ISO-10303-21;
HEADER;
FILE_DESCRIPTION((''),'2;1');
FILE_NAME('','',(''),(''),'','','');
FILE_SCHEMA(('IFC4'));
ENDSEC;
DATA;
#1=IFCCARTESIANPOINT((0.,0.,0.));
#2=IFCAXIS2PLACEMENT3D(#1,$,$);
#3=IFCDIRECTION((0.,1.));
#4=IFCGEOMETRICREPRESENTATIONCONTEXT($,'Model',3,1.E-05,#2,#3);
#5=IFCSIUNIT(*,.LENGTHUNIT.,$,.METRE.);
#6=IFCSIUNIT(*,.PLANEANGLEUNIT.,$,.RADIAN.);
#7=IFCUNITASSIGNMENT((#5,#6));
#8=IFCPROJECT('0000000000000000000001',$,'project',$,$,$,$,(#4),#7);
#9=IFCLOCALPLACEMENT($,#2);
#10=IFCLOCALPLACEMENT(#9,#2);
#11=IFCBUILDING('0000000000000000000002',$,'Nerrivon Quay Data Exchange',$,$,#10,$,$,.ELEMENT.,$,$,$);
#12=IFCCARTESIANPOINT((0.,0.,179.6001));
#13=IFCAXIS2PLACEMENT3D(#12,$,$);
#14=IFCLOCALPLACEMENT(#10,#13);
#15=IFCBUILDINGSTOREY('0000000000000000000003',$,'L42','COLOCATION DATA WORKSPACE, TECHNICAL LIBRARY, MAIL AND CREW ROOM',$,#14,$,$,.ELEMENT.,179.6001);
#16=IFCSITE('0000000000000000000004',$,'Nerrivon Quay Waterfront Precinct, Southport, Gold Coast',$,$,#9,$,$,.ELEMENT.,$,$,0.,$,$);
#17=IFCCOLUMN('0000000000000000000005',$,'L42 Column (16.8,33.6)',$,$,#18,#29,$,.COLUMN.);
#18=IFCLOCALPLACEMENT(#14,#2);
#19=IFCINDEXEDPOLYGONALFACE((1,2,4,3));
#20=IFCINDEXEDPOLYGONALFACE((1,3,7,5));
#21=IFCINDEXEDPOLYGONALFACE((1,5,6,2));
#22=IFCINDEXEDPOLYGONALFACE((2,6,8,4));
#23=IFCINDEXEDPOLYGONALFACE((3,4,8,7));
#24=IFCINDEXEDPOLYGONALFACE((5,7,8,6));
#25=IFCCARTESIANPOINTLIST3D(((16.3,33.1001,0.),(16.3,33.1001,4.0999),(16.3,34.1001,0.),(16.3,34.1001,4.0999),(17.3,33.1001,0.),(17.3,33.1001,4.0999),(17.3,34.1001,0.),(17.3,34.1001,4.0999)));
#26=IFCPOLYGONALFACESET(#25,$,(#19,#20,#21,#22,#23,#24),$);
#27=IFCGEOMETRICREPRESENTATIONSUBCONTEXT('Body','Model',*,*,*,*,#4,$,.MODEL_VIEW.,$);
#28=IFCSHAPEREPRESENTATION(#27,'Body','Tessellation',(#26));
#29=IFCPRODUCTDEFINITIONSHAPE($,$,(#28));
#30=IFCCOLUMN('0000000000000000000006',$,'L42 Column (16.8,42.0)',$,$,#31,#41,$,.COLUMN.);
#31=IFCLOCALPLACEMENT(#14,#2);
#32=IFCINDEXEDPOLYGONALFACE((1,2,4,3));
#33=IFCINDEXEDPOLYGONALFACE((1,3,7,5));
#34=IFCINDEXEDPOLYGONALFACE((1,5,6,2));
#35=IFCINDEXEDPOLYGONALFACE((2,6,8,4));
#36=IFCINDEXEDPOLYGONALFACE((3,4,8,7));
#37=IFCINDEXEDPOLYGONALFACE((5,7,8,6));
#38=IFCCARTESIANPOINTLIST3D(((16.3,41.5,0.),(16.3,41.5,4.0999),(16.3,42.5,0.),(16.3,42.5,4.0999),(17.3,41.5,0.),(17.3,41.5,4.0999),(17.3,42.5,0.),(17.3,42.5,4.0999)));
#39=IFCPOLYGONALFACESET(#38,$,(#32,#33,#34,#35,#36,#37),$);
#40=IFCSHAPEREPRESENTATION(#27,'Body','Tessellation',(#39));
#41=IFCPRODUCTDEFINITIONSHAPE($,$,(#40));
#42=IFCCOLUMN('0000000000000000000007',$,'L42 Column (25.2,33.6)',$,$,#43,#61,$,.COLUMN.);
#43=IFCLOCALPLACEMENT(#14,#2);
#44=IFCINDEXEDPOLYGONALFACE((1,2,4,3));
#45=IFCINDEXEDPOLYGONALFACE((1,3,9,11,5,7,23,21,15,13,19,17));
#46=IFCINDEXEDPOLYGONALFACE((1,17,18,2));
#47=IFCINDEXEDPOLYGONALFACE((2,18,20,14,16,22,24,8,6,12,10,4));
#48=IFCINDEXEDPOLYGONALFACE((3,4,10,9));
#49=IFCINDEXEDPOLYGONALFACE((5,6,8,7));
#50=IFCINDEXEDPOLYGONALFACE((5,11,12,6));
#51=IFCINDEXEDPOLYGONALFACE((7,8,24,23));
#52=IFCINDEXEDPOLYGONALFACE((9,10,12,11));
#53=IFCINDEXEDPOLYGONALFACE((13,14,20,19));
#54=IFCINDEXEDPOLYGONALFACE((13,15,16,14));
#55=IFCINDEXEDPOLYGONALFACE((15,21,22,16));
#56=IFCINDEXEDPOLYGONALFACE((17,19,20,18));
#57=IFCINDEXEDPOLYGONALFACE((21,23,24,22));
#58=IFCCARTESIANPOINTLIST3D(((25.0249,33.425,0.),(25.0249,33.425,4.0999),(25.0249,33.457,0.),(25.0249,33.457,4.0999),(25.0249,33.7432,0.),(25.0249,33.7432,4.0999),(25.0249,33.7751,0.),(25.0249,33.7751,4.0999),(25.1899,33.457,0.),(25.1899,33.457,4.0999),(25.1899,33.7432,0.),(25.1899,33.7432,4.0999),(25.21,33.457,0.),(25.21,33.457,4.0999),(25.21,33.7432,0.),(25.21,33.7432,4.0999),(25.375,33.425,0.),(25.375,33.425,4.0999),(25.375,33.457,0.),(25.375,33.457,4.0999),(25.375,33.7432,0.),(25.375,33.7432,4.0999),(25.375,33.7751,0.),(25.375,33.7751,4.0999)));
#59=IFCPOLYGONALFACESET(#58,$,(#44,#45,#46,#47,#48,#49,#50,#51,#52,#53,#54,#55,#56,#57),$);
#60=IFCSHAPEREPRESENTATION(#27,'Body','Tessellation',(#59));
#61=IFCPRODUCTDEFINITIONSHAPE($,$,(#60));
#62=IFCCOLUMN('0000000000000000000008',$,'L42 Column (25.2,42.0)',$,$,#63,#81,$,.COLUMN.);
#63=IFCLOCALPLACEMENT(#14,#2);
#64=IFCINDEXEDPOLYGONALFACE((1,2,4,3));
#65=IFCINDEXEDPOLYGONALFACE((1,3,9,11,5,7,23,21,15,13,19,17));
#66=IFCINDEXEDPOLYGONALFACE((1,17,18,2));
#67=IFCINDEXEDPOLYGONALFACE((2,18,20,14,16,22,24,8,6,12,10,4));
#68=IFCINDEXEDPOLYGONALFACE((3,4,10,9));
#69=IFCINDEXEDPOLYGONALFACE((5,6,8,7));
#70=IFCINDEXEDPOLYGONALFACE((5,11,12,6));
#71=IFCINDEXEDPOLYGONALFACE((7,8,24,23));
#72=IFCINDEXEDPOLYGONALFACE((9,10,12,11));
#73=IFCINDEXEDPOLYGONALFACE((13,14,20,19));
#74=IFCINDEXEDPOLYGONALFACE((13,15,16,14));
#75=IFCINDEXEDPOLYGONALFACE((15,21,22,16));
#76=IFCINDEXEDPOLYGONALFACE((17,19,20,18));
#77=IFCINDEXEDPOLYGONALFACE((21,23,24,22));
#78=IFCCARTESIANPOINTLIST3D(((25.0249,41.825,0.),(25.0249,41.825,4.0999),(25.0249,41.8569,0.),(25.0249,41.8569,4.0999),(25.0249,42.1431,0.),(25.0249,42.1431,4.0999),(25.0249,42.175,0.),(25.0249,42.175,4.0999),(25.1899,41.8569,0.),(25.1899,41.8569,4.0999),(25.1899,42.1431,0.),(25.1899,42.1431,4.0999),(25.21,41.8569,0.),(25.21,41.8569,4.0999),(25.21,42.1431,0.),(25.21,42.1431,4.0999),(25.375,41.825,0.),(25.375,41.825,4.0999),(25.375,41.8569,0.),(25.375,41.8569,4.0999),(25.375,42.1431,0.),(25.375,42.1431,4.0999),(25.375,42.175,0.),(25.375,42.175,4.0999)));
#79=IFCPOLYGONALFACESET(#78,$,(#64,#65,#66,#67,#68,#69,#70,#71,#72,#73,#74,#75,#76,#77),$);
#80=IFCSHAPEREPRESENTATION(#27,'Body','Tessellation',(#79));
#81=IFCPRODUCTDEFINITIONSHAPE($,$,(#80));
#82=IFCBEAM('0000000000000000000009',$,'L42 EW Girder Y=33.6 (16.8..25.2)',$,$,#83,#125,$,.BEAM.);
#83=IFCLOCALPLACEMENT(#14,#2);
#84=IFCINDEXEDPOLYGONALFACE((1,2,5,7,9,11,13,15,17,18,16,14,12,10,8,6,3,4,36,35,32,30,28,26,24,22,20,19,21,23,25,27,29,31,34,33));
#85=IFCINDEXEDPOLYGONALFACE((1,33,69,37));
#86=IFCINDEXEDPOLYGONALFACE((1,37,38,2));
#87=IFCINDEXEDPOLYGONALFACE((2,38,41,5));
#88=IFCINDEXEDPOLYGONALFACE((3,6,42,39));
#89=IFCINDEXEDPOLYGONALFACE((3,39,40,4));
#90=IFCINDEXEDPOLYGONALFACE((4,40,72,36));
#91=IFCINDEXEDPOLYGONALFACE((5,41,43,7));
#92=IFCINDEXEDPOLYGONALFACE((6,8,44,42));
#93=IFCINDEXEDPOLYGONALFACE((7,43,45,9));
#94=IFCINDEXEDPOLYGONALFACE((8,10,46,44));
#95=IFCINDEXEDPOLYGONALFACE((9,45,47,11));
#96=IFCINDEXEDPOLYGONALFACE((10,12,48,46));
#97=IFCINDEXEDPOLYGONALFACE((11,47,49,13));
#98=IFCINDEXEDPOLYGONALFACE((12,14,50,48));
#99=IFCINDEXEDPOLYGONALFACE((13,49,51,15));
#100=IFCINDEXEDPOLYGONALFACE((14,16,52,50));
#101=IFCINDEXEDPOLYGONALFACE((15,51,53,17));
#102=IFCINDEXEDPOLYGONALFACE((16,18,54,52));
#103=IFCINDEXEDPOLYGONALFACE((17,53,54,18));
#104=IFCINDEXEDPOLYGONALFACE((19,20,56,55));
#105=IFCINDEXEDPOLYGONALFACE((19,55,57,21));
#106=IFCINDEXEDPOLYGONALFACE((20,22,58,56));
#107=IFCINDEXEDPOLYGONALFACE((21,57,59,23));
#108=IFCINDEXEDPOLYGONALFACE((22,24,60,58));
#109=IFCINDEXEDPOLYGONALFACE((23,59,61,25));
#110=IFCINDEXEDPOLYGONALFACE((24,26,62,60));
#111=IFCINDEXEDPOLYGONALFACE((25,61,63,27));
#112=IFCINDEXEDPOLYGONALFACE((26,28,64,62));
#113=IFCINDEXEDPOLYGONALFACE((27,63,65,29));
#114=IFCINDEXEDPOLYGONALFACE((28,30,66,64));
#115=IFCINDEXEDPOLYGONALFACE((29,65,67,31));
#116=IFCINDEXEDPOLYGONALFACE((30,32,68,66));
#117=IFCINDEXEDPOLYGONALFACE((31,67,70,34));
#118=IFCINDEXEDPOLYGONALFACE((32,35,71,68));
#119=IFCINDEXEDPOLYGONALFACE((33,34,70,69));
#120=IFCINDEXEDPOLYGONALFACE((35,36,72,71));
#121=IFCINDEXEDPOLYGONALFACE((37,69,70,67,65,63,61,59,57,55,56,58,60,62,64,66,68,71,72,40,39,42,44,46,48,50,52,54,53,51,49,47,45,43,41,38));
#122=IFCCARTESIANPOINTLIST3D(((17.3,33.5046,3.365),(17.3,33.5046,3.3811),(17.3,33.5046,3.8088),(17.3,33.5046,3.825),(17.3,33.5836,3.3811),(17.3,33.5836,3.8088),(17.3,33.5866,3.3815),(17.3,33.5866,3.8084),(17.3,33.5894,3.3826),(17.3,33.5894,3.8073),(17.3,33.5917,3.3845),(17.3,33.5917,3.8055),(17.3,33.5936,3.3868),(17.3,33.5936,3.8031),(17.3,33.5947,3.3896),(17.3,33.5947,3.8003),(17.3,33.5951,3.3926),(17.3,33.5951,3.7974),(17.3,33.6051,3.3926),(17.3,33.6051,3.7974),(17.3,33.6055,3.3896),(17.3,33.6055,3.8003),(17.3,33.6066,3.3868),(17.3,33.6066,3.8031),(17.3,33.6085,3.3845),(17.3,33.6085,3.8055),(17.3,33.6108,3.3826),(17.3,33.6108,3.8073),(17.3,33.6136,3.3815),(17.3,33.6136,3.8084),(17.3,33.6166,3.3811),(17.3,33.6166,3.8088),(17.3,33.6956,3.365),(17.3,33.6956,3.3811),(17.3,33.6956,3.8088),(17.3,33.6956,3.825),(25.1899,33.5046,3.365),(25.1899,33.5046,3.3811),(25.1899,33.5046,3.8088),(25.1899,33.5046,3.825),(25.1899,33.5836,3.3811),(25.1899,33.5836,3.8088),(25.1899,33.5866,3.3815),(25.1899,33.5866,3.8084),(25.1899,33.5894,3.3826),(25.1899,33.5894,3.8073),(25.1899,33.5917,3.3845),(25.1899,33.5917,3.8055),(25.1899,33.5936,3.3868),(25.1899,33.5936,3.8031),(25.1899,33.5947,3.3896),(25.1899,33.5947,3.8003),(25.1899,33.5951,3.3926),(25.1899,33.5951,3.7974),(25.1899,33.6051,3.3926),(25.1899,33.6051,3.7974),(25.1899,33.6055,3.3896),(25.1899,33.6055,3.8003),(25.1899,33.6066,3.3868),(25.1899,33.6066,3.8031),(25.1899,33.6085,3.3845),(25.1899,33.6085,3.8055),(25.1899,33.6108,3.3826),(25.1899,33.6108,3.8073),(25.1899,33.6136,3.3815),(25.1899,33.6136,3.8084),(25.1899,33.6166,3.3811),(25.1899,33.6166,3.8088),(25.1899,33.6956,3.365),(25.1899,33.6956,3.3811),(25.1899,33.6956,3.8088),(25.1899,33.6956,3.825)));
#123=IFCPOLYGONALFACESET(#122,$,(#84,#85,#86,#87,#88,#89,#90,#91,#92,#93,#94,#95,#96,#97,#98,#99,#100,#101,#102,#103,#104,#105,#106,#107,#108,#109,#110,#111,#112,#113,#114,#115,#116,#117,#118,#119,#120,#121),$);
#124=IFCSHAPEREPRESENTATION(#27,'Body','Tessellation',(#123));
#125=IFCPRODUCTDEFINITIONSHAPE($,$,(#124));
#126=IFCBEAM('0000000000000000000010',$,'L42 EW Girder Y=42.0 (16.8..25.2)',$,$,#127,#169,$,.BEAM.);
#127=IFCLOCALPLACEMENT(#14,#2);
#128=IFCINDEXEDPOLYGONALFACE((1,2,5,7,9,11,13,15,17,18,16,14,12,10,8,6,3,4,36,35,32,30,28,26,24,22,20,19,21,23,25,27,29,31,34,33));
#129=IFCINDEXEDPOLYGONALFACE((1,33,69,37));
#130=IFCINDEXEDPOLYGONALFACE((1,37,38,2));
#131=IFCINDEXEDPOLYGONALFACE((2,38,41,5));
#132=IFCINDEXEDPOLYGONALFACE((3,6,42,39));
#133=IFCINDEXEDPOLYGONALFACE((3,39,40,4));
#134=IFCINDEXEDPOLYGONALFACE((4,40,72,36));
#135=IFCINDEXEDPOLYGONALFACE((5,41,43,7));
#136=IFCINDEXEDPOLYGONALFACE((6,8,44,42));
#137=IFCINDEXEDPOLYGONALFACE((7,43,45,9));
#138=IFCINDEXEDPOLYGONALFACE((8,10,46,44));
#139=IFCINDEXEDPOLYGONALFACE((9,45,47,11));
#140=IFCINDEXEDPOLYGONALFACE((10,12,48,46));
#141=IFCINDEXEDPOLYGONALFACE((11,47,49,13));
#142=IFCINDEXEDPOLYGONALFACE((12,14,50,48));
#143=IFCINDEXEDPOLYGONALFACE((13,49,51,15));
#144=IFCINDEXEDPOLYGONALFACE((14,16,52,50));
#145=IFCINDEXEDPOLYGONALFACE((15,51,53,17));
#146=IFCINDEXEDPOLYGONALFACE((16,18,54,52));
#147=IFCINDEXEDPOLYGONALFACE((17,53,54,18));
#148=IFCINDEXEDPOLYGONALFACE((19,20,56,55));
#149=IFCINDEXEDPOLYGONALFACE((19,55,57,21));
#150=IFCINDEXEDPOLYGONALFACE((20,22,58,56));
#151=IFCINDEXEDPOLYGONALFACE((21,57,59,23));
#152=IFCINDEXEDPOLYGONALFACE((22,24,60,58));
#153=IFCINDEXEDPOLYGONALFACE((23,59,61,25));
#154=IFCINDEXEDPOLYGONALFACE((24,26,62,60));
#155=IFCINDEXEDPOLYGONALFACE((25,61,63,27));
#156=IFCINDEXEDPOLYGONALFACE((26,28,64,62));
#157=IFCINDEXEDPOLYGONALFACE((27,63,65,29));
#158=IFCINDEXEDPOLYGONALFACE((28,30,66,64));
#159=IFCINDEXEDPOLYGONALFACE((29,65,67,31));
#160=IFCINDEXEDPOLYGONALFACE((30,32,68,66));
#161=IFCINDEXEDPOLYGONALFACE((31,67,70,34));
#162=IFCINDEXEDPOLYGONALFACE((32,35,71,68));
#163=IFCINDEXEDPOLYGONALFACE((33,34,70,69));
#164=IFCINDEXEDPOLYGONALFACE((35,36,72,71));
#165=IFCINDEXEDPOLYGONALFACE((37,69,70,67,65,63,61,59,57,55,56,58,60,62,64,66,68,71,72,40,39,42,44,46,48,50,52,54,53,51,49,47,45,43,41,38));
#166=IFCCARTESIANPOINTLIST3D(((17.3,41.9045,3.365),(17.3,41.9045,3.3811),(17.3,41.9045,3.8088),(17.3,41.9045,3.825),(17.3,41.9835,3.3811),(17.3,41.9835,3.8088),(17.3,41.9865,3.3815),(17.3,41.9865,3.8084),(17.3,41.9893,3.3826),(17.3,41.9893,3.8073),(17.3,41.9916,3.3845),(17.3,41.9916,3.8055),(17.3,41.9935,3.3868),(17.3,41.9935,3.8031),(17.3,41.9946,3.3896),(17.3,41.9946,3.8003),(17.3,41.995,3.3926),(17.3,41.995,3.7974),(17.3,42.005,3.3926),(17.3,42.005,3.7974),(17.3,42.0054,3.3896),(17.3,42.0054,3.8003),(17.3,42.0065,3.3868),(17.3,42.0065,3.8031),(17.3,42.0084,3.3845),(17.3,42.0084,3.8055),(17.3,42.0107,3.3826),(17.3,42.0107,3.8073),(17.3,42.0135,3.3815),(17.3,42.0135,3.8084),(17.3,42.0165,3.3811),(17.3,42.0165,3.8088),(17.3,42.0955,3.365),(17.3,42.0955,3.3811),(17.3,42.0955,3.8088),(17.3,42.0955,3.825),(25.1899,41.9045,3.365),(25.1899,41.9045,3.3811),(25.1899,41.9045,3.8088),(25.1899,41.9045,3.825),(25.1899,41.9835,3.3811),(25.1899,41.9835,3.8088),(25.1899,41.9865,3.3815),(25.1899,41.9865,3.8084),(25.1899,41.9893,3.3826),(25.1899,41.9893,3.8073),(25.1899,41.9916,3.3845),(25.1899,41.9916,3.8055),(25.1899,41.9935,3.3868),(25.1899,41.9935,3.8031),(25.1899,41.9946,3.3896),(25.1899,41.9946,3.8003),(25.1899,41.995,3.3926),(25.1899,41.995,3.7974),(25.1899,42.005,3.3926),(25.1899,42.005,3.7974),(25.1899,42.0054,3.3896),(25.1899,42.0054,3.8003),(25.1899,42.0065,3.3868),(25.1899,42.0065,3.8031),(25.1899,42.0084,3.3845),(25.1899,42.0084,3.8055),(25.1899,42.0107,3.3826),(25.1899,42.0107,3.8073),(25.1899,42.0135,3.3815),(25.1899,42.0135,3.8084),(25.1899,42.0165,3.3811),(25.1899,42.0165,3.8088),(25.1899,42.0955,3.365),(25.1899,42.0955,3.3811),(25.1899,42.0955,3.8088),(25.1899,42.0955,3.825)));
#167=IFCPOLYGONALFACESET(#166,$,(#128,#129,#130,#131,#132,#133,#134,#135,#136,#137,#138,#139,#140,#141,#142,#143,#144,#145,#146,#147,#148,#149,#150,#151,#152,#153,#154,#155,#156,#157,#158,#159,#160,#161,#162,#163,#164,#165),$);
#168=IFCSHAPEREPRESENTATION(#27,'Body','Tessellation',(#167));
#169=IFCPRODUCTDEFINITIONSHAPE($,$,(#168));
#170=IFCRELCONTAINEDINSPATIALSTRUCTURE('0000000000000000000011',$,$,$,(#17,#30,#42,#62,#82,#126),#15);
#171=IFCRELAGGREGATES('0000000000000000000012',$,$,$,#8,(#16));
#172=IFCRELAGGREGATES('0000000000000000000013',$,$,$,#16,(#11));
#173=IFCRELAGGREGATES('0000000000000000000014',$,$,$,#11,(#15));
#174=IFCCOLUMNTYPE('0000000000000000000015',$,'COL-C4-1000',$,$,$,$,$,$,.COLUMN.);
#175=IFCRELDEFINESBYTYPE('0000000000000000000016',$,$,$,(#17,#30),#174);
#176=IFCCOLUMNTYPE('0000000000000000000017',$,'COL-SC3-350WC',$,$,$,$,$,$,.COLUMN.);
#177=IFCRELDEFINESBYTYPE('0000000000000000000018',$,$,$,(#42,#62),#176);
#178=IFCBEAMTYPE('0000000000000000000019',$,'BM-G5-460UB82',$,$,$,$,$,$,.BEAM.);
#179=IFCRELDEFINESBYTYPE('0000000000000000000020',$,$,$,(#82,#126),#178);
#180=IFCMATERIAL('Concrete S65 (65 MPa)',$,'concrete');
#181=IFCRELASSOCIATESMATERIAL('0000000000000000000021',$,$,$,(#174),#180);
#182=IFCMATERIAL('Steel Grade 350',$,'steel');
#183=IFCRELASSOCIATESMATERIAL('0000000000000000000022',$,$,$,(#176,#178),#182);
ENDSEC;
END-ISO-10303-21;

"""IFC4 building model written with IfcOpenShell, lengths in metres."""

from ifc_helpers import new_model, si_unit, direction, frame, origin, origin_2d, place, context, subcontext, project, spatial, rectangle, i_section, extrude, material, material_profile, profile_set, type_object, element, save


model = new_model("IFC4")

# Units and contexts
model_context = context("Model", 3, precision=1e-05, world=origin(), true_north=direction((0.0, 1.0)))
body_context = subcontext(model_context, "Body", "Model", "MODEL_VIEW")
ifc_project = project(units=[si_unit("LENGTHUNIT", "METRE"), si_unit("PLANEANGLEUNIT", "RADIAN")], contexts=[model_context])

# Site, building, storey
site_placement = place(None, origin())
site = spatial("IfcSite", under=ifc_project, at=site_placement, Name="Nerrivon Quay Waterfront Precinct, Southport, Gold Coast", CompositionType="ELEMENT", RefElevation=0.0)
building_placement = place(site_placement, origin())
building = spatial("IfcBuilding", under=site, at=building_placement, Name="Nerrivon Quay Data Exchange", CompositionType="ELEMENT")
storey_placement = place(building_placement, frame((0.0, 0.0, 179.6001)))
storey = spatial("IfcBuildingStorey", under=building, at=storey_placement, Name="L42", Description="COLOCATION DATA WORKSPACE, TECHNICAL LIBRARY, MAIL AND CREW ROOM", CompositionType="ELEMENT", Elevation=179.6001)

# Columns
ifc_material_1 = material(Name="Concrete S65 (65 MPa)", Category="concrete")
ifc_material_profile_1 = material_profile(ifc_material_1, rectangle(XDim=1.0, YDim=1.0, at=origin_2d()), Name="RC-COL-1000x1000")
ifc_profile_set_1 = profile_set([ifc_material_profile_1], Name="Concrete S65 (65 MPa)")
column_type_1 = type_object("IfcColumnType", Name="COL-C4-1000", PredefinedType="COLUMN", material=ifc_profile_set_1)
for number, where, z_axis, x_axis, name in (
    (1, (16.8, 33.6001, 0.0), (0.0, 0.0, 1.0), (1.0, 0.0, 0.0), "L42 Column (16.8,33.6)"),
    (2, (16.8, 42.0, 0.0), (0.0, 0.0, 1.0), (1.0, 0.0, 0.0), "L42 Column (16.8,42.0)"),
):
    element("IfcColumn", number, at=place(storey_placement, frame(where, z_axis=z_axis, x_axis=x_axis)), inside=storey, type_object=column_type_1, Name=name, PredefinedType="COLUMN", context=body_context, shape_type="SweptSolid", body=[
        extrude(rectangle(XDim=1.0, YDim=1.0, at=origin_2d()), origin(), (0.0, 0.0, 1.0), 4.0999),
    ])
ifc_material_2 = material(Name="Steel Grade 350", Category="steel")
ifc_material_profile_2 = material_profile(ifc_material_2, i_section(OverallWidth=0.3501, OverallDepth=0.3501, WebThickness=0.02, FlangeThickness=0.032, at=origin_2d()), Name="350WC230")
ifc_profile_set_2 = profile_set([ifc_material_profile_2], Name="Steel Grade 350")
column_type_2 = type_object("IfcColumnType", Name="COL-SC3-350WC", PredefinedType="COLUMN", material=ifc_profile_set_2)
for number, where, z_axis, x_axis, name in (
    (3, (25.2, 33.6001, 0.0), (0.0, 0.0, 1.0), (1.0, 0.0, 0.0), "L42 Column (25.2,33.6)"),
    (4, (25.2, 42.0, 0.0), (0.0, 0.0, 1.0), (1.0, 0.0, 0.0), "L42 Column (25.2,42.0)"),
):
    element("IfcColumn", number, at=place(storey_placement, frame(where, z_axis=z_axis, x_axis=x_axis)), inside=storey, type_object=column_type_2, Name=name, PredefinedType="COLUMN", context=body_context, shape_type="SweptSolid", body=[
        extrude(i_section(OverallWidth=0.3501, OverallDepth=0.3501, WebThickness=0.02, FlangeThickness=0.032, at=origin_2d()), origin(), (0.0, 0.0, 1.0), 4.0999),
    ])

# Beams
ifc_material_profile_3 = material_profile(ifc_material_2, i_section(OverallWidth=0.1909, OverallDepth=0.46, WebThickness=0.01, FlangeThickness=0.0161, FilletRadius=0.0115, at=origin_2d()), Name="460UB82.1")
ifc_profile_set_3 = profile_set([ifc_material_profile_3], Name="Steel Grade 350")
beam_type_1 = type_object("IfcBeamType", Name="BM-G5-460UB82", PredefinedType="BEAM", material=ifc_profile_set_3)
for number, where, z_axis, x_axis, name in (
    (5, (17.3, 33.6001, 3.595), (1.0, 0.0, 0.0), (0.0, 1.0, 0.0), "L42 EW Girder Y=33.6 (16.8..25.2)"),
    (6, (17.3, 42.0, 3.595), (1.0, 0.0, 0.0), (0.0, 1.0, 0.0), "L42 EW Girder Y=42.0 (16.8..25.2)"),
):
    element("IfcBeam", number, at=place(storey_placement, frame(where, z_axis=z_axis, x_axis=x_axis)), inside=storey, type_object=beam_type_1, Name=name, PredefinedType="BEAM", context=body_context, shape_type="SweptSolid", body=[
        extrude(i_section(OverallWidth=0.1909, OverallDepth=0.46, WebThickness=0.01, FlangeThickness=0.0161, FilletRadius=0.0115, at=origin_2d()), origin(), (0.0, 0.0, 1.0), 7.8899),
    ])

save(model, "model.ifc")
